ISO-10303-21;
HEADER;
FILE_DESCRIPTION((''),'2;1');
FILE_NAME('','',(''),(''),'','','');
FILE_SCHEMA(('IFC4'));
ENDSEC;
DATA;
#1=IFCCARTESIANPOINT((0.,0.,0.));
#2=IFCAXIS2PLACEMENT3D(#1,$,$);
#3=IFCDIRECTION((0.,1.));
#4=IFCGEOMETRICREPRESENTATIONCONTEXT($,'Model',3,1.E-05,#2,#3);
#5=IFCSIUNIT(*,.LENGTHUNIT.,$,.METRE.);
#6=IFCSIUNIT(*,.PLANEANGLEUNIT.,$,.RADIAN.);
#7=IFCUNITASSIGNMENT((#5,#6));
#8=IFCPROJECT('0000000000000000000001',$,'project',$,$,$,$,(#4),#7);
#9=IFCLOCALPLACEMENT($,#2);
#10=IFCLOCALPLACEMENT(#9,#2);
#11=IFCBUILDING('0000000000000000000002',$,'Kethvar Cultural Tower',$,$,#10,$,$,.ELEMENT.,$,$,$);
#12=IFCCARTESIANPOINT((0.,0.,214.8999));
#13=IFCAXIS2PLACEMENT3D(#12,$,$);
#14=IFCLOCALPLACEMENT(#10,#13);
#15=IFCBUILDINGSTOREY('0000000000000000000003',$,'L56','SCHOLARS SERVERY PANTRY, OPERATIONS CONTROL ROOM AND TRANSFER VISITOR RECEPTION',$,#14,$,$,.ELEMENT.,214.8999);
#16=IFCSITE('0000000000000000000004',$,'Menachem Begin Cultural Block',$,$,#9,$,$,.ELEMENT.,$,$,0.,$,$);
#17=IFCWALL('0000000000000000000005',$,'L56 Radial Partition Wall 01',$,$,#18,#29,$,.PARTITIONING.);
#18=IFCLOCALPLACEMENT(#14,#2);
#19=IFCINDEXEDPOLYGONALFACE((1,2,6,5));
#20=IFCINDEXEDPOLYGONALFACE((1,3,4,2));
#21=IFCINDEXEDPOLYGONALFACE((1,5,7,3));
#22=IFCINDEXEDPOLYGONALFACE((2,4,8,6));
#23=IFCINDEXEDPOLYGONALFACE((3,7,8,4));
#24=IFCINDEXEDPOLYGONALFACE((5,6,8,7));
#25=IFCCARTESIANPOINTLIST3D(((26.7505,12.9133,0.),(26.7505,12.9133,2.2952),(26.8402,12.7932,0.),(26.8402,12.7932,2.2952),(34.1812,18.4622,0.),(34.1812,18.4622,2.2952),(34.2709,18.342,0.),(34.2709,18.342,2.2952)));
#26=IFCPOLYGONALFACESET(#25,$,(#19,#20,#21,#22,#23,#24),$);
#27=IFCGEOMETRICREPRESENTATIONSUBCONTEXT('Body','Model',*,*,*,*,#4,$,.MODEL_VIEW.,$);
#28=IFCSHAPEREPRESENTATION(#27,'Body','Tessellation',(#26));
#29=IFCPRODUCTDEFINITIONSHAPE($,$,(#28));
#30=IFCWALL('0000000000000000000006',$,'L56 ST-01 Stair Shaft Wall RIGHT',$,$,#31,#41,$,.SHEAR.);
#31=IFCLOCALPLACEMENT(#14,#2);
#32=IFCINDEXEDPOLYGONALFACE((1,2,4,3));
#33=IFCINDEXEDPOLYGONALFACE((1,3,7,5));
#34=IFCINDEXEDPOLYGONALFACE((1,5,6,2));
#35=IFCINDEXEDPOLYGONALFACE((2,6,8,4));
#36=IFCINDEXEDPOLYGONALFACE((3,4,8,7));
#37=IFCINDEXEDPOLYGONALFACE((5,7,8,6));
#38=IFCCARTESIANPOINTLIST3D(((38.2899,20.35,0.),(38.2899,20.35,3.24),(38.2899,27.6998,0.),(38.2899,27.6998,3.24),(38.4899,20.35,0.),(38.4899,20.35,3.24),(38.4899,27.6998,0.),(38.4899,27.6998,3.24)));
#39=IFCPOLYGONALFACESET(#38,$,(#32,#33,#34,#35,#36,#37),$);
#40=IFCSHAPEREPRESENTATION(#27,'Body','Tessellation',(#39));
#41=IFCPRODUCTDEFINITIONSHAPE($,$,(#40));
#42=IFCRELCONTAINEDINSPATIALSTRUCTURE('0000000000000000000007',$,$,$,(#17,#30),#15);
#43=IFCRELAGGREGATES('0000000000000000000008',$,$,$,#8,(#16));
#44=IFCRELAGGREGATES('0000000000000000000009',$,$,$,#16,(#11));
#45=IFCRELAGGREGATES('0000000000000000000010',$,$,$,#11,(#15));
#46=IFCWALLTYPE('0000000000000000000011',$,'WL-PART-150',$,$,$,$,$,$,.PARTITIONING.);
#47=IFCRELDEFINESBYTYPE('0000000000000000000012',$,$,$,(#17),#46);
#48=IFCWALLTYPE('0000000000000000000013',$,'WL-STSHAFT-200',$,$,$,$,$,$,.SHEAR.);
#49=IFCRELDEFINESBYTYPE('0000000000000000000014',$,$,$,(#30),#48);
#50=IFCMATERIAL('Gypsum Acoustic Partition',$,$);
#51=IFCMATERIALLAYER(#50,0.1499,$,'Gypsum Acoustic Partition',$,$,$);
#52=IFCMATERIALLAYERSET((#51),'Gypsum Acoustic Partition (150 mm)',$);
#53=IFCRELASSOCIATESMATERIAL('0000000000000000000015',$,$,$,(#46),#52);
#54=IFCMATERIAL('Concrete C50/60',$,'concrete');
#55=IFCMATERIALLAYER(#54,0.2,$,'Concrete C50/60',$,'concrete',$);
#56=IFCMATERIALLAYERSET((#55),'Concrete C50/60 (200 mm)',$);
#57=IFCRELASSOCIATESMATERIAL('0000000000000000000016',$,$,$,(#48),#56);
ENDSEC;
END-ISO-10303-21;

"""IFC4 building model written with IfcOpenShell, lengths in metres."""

from ifc_helpers import new_model, si_unit, direction, frame, frame_2d, origin, place, context, subcontext, project, spatial, rectangle, extrude, material, layer, layer_set, type_object, element, save


model = new_model("IFC4")

# Units and contexts
model_context = context("Model", 3, precision=1e-05, world=origin(), true_north=direction((0.0, 1.0)))
body_context = subcontext(model_context, "Body", "Model", "MODEL_VIEW")
ifc_project = project(units=[si_unit("LENGTHUNIT", "METRE"), si_unit("PLANEANGLEUNIT", "RADIAN")], contexts=[model_context])

# Site, building, storey
site_placement = place(None, origin())
site = spatial("IfcSite", under=ifc_project, at=site_placement, Name="Menachem Begin Cultural Block", CompositionType="ELEMENT", RefElevation=0.0)
building_placement = place(site_placement, origin())
building = spatial("IfcBuilding", under=site, at=building_placement, Name="Kethvar Cultural Tower", CompositionType="ELEMENT")
storey_placement = place(building_placement, frame((0.0, 0.0, 214.8999)))
storey = spatial("IfcBuildingStorey", under=building, at=storey_placement, Name="L56", Description="SCHOLARS SERVERY PANTRY, OPERATIONS CONTROL ROOM AND TRANSFER VISITOR RECEPTION", CompositionType="ELEMENT", Elevation=214.8999)

# Walls
ifc_material_1 = material(Name="Gypsum Acoustic Partition")
ifc_layer_1 = layer(ifc_material_1, 0.1499, Name="Gypsum Acoustic Partition")
ifc_layer_set_1 = layer_set([ifc_layer_1], Name="Gypsum Acoustic Partition (150 mm)")
wall_type_1 = type_object("IfcWallType", Name="WL-PART-150", PredefinedType="PARTITIONING", material=ifc_layer_set_1)
wall_1_placement = place(storey_placement, frame((34.2261, 18.4021, 0.0), z_axis=(0.0, 0.0, 1.0), x_axis=(-0.801249, -0.598331, 0.0)))
element("IfcWall", 1, at=wall_1_placement, inside=storey, type_object=wall_type_1, Name="L56 Radial Partition Wall 01", PredefinedType="PARTITIONING", context=body_context, shape_type="SweptSolid", body=[
    extrude(rectangle(XDim=9.2739, YDim=0.1499, at=frame_2d((4.637, 0.0))), origin(), (0.0, 0.0, 1.0), 2.2952),
])
ifc_material_2 = material(Name="Concrete C50/60", Category="concrete")
ifc_layer_2 = layer(ifc_material_2, 0.2, Name="Concrete C50/60", Category="concrete")
ifc_layer_set_2 = layer_set([ifc_layer_2], Name="Concrete C50/60 (200 mm)")
wall_type_2 = type_object("IfcWallType", Name="WL-STSHAFT-200", PredefinedType="SHEAR", material=ifc_layer_set_2)
wall_2_placement = place(storey_placement, frame((38.3899, 20.3501, 0.0), z_axis=(0.0, 0.0, 1.0), x_axis=(0.0, 1.0, 0.0)))
element("IfcWall", 2, at=wall_2_placement, inside=storey, type_object=wall_type_2, Name="L56 ST-01 Stair Shaft Wall RIGHT", PredefinedType="SHEAR", context=body_context, shape_type="SweptSolid", body=[
    extrude(rectangle(XDim=7.3499, YDim=0.2, at=frame_2d((3.6748, 0.0))), origin(), (0.0, 0.0, 1.0), 3.24),
])

save(model, "model.ifc")
